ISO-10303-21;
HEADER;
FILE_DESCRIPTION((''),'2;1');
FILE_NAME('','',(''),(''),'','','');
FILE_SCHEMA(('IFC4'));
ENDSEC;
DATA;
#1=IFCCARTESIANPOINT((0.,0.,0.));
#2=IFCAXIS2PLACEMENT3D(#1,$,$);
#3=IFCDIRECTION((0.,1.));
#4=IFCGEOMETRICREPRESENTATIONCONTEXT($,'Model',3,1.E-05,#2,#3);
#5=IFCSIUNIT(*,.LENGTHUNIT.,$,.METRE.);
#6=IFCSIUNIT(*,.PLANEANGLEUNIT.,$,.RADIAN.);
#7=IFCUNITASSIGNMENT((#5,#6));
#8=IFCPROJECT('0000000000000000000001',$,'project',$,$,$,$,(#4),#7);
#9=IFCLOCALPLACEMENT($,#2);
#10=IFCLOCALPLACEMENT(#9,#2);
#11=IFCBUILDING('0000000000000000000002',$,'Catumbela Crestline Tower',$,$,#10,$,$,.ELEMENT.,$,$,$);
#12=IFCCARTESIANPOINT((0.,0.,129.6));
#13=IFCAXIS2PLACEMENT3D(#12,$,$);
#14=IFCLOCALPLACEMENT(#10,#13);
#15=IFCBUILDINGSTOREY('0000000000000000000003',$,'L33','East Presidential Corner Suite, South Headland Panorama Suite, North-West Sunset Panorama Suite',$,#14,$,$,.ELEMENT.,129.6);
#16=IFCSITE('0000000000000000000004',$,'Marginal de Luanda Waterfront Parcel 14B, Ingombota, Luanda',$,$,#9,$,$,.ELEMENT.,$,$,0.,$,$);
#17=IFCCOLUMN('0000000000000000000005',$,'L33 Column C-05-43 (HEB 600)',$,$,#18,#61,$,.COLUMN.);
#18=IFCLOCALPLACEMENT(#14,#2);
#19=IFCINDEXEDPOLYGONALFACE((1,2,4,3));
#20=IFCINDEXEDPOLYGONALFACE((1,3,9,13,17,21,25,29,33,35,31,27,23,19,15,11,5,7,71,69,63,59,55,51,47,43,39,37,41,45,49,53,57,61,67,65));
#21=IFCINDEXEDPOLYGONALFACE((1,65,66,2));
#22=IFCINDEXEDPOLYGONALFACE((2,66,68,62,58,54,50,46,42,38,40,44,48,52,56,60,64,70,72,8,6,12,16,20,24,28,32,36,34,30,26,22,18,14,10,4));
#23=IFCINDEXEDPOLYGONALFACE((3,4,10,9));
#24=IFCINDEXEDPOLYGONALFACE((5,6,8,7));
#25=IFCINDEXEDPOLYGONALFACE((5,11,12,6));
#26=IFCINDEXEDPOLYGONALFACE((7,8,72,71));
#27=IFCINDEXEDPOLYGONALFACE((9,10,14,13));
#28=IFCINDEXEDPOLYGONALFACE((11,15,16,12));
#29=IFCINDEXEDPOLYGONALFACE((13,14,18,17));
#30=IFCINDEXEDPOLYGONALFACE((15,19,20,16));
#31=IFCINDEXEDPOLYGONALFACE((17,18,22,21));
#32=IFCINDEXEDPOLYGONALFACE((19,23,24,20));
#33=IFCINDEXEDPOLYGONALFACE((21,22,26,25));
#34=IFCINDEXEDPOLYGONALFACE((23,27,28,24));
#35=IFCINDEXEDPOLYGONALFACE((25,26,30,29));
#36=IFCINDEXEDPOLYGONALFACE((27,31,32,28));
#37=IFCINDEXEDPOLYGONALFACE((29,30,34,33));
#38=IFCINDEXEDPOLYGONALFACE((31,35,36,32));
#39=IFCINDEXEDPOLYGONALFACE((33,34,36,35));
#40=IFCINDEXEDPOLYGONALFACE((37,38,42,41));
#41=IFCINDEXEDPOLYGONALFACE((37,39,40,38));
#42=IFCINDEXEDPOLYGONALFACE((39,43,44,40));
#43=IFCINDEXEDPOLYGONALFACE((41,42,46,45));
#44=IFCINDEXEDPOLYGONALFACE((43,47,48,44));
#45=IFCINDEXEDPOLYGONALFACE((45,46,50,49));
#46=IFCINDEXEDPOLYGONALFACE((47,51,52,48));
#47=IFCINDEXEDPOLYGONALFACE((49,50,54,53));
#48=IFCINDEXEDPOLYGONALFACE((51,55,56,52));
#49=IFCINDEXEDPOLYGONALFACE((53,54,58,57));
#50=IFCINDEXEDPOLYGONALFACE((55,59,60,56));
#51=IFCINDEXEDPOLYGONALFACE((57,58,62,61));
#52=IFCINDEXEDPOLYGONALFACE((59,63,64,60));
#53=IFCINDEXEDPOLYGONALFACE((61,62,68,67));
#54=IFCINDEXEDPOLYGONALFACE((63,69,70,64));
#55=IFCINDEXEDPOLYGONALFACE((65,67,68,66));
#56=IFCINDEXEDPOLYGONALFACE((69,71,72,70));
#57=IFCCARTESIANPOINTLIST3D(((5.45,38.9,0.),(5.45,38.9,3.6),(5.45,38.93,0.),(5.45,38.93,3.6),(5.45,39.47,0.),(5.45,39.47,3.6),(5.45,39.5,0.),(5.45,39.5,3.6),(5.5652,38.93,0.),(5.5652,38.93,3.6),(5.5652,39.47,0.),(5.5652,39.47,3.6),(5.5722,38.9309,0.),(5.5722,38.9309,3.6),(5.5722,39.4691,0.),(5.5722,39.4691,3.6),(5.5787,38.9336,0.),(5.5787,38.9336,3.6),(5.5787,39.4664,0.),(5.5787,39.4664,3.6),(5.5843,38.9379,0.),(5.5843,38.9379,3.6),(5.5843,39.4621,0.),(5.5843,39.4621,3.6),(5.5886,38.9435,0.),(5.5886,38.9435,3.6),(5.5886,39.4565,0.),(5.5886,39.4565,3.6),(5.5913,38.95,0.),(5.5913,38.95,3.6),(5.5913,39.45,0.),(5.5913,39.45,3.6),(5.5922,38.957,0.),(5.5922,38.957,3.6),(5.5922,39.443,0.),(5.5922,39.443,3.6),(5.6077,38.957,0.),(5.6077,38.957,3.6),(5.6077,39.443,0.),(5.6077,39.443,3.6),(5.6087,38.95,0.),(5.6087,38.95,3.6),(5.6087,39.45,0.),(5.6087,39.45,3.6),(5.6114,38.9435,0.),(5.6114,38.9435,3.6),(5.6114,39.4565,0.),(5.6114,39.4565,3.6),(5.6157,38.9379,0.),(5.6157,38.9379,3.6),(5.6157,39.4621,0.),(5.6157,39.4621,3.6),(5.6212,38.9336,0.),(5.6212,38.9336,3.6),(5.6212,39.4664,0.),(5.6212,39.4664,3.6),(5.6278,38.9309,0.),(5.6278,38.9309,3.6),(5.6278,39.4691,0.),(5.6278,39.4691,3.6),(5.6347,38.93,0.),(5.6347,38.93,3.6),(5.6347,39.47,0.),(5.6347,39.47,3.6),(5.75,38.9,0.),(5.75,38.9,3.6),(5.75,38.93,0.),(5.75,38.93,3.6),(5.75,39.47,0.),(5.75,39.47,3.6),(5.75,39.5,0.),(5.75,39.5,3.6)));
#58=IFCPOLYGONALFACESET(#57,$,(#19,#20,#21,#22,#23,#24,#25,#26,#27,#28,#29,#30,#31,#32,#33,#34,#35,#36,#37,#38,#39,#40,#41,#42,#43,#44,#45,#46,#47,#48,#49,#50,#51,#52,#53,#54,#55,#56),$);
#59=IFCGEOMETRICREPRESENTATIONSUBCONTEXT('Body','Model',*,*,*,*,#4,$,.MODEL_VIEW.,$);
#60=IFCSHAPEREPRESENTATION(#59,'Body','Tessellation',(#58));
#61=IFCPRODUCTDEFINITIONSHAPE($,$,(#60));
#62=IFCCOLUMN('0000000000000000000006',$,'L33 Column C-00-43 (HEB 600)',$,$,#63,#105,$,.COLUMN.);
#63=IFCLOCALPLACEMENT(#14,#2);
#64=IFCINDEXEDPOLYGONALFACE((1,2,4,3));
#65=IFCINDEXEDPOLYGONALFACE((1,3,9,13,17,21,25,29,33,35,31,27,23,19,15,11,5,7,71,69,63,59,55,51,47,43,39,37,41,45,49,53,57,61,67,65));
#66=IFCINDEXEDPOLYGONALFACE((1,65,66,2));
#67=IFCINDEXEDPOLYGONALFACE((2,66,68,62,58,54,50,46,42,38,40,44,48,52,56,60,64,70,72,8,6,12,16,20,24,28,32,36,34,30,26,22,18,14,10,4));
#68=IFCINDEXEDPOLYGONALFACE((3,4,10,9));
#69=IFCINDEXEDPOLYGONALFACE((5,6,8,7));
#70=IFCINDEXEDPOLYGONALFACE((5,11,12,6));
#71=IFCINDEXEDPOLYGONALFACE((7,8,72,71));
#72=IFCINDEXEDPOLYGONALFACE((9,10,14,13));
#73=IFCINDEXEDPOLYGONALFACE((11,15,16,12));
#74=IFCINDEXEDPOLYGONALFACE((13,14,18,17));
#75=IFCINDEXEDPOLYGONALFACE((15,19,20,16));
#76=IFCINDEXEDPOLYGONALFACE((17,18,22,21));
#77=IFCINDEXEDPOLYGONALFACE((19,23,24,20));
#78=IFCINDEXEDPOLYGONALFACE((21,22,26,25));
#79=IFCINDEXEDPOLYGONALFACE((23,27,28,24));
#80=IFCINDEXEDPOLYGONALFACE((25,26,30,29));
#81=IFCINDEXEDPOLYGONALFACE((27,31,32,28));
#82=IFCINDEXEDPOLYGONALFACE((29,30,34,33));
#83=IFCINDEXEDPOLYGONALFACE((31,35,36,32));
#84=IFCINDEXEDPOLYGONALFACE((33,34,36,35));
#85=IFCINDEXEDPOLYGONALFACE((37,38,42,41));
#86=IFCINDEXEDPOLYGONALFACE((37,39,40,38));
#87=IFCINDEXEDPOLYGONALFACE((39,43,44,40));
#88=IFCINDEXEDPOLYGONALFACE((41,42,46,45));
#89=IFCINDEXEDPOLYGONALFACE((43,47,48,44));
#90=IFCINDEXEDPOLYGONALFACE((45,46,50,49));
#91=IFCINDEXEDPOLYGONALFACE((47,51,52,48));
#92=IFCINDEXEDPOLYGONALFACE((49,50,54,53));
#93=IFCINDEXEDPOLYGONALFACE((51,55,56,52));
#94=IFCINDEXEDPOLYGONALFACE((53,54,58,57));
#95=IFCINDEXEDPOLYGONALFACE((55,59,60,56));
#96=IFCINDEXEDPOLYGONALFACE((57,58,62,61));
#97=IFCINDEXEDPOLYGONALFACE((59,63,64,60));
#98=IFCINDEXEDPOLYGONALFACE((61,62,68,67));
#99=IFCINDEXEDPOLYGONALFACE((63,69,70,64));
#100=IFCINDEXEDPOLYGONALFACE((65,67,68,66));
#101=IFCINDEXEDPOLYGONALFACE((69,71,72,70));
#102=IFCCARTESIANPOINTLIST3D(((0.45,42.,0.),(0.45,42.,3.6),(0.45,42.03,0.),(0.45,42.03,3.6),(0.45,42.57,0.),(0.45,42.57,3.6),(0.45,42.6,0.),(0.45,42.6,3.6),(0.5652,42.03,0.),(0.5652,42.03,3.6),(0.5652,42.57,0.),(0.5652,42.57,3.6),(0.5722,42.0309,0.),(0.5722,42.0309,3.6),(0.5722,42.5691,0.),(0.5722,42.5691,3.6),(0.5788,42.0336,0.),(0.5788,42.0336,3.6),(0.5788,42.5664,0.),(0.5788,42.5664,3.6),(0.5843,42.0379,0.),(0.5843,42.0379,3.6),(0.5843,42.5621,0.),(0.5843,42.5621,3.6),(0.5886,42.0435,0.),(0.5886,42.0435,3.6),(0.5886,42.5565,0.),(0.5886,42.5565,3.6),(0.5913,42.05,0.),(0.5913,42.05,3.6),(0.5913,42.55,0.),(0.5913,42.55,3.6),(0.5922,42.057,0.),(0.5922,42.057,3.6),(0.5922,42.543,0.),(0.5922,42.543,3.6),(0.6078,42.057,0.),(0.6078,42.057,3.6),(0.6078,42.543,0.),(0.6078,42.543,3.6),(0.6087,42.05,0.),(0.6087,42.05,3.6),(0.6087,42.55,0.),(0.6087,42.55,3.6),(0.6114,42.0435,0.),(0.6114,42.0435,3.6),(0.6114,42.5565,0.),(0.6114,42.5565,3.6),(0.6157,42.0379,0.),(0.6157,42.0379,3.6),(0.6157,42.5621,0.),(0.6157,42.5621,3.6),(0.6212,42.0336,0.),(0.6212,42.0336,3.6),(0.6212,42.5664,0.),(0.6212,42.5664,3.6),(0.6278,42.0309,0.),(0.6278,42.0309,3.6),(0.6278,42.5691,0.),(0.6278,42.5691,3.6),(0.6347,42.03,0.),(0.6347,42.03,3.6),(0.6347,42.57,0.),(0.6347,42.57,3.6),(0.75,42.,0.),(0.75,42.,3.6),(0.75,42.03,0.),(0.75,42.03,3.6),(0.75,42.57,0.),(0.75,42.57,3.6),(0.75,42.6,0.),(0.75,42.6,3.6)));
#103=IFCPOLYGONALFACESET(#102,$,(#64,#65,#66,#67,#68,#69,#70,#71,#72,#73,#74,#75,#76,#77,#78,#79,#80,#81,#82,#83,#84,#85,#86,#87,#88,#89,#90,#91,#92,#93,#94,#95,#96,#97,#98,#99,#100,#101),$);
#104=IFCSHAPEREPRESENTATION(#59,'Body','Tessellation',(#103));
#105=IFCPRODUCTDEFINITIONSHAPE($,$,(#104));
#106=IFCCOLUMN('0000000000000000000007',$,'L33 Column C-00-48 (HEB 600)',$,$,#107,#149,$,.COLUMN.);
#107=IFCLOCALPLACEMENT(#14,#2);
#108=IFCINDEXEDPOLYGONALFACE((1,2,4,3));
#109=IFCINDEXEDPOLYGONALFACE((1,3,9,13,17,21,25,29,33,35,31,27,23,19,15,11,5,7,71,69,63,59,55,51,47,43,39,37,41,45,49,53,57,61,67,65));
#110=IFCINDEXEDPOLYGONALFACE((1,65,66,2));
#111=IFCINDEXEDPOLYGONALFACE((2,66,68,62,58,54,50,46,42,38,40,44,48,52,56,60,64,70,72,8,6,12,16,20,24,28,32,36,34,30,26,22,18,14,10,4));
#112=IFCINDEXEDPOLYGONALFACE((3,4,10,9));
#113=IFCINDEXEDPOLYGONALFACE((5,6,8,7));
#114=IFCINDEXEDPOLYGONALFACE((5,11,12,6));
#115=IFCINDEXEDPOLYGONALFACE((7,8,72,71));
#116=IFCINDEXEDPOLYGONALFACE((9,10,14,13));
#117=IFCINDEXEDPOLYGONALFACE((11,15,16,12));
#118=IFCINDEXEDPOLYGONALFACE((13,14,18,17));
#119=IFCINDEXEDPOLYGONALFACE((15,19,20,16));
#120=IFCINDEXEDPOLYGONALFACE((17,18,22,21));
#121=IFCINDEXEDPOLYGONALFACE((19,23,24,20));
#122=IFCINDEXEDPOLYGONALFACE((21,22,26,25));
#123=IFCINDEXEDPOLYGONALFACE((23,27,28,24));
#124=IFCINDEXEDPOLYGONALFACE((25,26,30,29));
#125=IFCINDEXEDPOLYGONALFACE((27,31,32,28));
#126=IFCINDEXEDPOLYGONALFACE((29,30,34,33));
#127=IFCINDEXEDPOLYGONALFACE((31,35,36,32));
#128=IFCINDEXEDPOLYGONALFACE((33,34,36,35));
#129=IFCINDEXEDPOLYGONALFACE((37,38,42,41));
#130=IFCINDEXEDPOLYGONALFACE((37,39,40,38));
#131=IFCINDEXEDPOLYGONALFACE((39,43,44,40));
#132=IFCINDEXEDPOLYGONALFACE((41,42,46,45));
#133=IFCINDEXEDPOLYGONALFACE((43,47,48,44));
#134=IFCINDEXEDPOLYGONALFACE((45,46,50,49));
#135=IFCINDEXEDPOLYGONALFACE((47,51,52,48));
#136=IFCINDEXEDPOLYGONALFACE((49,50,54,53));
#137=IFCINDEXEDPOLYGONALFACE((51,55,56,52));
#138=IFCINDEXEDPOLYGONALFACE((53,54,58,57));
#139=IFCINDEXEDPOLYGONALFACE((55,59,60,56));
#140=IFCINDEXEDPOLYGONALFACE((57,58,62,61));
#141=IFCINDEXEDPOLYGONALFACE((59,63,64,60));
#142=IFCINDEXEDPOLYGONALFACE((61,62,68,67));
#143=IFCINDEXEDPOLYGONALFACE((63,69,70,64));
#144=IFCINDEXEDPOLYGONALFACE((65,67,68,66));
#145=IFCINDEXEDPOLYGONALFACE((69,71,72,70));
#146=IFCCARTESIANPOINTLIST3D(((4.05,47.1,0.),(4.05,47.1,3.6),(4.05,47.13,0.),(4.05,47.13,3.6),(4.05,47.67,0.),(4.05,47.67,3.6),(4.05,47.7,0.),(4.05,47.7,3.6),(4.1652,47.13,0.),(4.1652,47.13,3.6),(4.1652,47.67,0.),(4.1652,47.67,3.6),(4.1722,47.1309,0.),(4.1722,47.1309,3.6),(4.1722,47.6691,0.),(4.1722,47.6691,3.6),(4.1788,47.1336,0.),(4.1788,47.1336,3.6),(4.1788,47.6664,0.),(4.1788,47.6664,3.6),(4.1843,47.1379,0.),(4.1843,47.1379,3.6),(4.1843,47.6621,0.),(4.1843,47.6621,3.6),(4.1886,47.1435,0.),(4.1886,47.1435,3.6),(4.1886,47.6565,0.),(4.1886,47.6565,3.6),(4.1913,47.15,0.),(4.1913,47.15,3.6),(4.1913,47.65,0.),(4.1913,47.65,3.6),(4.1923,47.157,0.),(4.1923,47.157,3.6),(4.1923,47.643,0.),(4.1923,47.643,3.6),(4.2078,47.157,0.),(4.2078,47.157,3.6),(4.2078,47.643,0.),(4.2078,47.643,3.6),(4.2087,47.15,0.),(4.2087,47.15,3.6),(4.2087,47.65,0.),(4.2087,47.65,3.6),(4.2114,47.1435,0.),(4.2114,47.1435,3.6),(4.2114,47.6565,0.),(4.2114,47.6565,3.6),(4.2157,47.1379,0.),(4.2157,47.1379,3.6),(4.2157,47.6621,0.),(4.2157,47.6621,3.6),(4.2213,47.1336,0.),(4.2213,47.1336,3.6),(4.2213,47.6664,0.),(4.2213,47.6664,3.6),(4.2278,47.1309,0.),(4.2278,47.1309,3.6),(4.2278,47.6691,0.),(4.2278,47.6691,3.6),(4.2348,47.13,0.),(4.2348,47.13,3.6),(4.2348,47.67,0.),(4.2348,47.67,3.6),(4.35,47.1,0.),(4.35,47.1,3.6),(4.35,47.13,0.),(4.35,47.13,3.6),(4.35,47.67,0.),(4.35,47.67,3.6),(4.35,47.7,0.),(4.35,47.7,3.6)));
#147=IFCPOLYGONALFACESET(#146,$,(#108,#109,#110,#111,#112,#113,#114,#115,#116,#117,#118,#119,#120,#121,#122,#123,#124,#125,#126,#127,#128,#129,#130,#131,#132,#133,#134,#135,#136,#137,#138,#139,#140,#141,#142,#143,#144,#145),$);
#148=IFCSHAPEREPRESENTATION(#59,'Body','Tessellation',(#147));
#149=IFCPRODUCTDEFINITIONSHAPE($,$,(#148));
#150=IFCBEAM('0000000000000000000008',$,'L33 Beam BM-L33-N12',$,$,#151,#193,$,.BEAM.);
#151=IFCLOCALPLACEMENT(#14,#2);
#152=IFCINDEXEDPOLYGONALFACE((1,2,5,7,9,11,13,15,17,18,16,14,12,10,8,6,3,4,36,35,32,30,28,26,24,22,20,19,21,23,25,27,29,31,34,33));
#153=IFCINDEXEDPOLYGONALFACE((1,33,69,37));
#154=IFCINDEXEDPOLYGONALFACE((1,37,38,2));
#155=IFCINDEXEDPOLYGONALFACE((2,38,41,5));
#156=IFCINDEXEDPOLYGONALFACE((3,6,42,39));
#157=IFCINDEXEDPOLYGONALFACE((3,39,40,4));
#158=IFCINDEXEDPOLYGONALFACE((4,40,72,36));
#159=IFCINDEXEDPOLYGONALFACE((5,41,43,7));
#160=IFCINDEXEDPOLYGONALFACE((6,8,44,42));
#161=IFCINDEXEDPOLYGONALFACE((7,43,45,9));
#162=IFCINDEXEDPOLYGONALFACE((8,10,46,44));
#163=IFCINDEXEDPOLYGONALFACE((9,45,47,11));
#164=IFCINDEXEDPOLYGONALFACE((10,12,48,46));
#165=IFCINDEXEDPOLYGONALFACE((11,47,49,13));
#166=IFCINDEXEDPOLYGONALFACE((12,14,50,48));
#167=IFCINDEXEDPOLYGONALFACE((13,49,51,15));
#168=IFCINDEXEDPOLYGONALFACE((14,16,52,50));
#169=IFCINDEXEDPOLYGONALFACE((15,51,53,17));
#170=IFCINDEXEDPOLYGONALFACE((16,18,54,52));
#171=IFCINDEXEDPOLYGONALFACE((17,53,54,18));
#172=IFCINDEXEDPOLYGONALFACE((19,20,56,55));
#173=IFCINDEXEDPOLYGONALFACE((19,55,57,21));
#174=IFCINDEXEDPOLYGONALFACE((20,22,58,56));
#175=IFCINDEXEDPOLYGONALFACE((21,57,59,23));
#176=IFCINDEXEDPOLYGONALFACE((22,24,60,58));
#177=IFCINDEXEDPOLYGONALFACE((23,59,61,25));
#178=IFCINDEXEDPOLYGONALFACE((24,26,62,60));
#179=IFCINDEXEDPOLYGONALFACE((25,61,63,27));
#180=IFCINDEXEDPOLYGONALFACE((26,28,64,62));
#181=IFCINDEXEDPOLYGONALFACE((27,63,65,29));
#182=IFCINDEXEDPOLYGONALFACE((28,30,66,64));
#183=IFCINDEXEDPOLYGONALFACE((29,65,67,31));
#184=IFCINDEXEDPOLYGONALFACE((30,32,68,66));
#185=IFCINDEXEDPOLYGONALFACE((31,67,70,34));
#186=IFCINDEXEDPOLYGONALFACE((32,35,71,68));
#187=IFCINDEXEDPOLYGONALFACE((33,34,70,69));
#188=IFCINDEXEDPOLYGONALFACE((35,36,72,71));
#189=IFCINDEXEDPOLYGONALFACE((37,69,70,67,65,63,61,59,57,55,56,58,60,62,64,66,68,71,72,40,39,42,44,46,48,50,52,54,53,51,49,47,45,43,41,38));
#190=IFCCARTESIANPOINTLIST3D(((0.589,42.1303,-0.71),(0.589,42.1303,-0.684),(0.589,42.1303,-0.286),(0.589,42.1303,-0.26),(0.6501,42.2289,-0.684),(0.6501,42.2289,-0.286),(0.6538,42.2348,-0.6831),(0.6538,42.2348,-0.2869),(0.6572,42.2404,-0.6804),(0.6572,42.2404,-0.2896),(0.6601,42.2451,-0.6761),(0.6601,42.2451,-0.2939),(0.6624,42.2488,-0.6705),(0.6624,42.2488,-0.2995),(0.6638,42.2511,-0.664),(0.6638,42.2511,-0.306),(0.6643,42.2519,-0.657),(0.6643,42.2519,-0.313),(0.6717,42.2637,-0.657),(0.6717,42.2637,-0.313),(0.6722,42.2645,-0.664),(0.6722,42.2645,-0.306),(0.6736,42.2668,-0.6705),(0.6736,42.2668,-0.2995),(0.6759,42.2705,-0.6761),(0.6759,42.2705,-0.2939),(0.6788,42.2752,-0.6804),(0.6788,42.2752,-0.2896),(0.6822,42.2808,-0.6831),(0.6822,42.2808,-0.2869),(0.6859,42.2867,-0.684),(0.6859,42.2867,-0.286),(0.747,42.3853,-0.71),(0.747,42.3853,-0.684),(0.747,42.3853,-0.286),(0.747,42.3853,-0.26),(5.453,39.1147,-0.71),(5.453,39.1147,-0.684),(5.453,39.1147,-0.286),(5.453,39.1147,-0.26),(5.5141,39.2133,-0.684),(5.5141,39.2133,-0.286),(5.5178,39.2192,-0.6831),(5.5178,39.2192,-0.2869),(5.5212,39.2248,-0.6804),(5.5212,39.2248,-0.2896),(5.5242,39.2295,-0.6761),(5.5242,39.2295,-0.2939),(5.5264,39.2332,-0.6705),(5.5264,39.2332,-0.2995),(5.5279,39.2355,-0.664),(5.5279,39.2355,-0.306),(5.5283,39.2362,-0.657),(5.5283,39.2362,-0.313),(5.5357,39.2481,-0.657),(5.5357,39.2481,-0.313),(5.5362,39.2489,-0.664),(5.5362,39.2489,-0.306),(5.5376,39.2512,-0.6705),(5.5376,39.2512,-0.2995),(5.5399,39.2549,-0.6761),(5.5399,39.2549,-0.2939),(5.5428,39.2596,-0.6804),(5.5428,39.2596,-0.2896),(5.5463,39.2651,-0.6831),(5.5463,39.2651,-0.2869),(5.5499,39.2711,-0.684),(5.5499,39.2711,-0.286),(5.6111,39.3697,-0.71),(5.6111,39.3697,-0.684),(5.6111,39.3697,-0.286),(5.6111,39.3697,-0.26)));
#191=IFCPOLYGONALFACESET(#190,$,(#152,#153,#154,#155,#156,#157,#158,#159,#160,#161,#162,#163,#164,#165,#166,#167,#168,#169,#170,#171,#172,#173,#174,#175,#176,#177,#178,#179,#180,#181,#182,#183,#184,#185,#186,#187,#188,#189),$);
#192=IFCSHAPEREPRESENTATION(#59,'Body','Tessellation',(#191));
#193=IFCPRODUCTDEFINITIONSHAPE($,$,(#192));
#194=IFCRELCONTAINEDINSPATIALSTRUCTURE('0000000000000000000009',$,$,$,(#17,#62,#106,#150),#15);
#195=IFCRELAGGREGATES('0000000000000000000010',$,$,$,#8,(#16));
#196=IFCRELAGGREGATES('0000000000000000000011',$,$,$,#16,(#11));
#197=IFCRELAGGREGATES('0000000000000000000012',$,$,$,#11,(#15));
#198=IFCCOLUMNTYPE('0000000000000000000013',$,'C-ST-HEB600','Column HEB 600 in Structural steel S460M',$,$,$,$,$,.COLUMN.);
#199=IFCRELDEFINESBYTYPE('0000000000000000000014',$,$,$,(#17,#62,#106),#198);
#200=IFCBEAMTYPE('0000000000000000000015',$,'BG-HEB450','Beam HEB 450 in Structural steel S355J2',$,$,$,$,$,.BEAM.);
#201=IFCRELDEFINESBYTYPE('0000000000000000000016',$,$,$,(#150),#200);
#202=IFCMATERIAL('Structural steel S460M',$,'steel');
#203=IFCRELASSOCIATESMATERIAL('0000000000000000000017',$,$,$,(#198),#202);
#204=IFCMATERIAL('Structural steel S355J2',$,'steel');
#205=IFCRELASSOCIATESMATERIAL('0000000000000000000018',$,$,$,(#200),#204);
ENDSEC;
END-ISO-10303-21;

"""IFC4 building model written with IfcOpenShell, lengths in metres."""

from ifc_helpers import new_model, si_unit, direction, frame, origin, origin_2d, place, context, subcontext, project, spatial, i_section, extrude, material, material_profile, profile_set, type_object, element, save


model = new_model("IFC4")

# Units and contexts
model_context = context("Model", 3, precision=1e-05, world=origin(), true_north=direction((0.0, 1.0)))
body_context = subcontext(model_context, "Body", "Model", "MODEL_VIEW")
ifc_project = project(units=[si_unit("LENGTHUNIT", "METRE"), si_unit("PLANEANGLEUNIT", "RADIAN")], contexts=[model_context])

# Site, building, storey
site_placement = place(None, origin())
site = spatial("IfcSite", under=ifc_project, at=site_placement, Name="Marginal de Luanda Waterfront Parcel 14B, Ingombota, Luanda", CompositionType="ELEMENT", RefElevation=0.0)
building_placement = place(site_placement, origin())
building = spatial("IfcBuilding", under=site, at=building_placement, Name="Catumbela Crestline Tower", CompositionType="ELEMENT")
storey_placement = place(building_placement, frame((0.0, 0.0, 129.6)))
storey = spatial("IfcBuildingStorey", under=building, at=storey_placement, Name="L33", Description="East Presidential Corner Suite, South Headland Panorama Suite, North-West Sunset Panorama Suite", CompositionType="ELEMENT", Elevation=129.6)

# Columns
ifc_material_1 = material(Name="Structural steel S460M", Category="steel")
ifc_material_profile_1 = material_profile(ifc_material_1, i_section(OverallWidth=0.3, OverallDepth=0.6, WebThickness=0.0155, FlangeThickness=0.03, FilletRadius=0.027, at=origin_2d()), Name="HEB 600")
ifc_profile_set_1 = profile_set([ifc_material_profile_1], Name="Structural steel S460M")
column_type = type_object("IfcColumnType", Name="C-ST-HEB600", Description="Column HEB 600 in Structural steel S460M", PredefinedType="COLUMN", material=ifc_profile_set_1)
for number, where, z_axis, x_axis, name in (
    (1, (5.6, 39.2, 0.0), (0.0, 0.0, 1.0), (1.0, 0.0, 0.0), "L33 Column C-05-43 (HEB 600)"),
    (2, (0.6, 42.3, 0.0), (0.0, 0.0, 1.0), (1.0, 0.0, 0.0), "L33 Column C-00-43 (HEB 600)"),
    (3, (4.2, 47.4, 0.0), (0.0, 0.0, 1.0), (1.0, 0.0, 0.0), "L33 Column C-00-48 (HEB 600)"),
):
    element("IfcColumn", number, at=place(storey_placement, frame(where, z_axis=z_axis, x_axis=x_axis)), inside=storey, type_object=column_type, Name=name, PredefinedType="COLUMN", context=body_context, shape_type="SweptSolid", body=[
        extrude(i_section(OverallWidth=0.3, OverallDepth=0.6, WebThickness=0.0155, FlangeThickness=0.03, FilletRadius=0.027, at=origin_2d()), origin(), (0.0, 0.0, 1.0), 3.6),
    ])

# Beam
ifc_material_2 = material(Name="Structural steel S355J2", Category="steel")
ifc_material_profile_2 = material_profile(ifc_material_2, i_section(OverallWidth=0.3, OverallDepth=0.45, WebThickness=0.014, FlangeThickness=0.026, FilletRadius=0.027, at=origin_2d()), Name="HEB 450")
ifc_profile_set_2 = profile_set([ifc_material_profile_2], Name="Structural steel S355J2")
beam_type_1 = type_object("IfcBeamType", Name="BG-HEB450", Description="Beam HEB 450 in Structural steel S355J2", PredefinedType="BEAM", material=ifc_profile_set_2)
beam_1_placement = place(storey_placement, frame((0.668, 42.2578, -0.485), z_axis=(0.849909, -0.52693, 0.0), x_axis=(0.52693, 0.849909, 0.0)))
element("IfcBeam", 4, at=beam_1_placement, inside=storey, type_object=beam_type_1, Name="L33 Beam BM-L33-N12", PredefinedType="BEAM", context=body_context, shape_type="SweptSolid", body=[
    extrude(i_section(OverallWidth=0.3, OverallDepth=0.45, WebThickness=0.014, FlangeThickness=0.026, FilletRadius=0.027, at=origin_2d()), origin(), (0.0, 0.0, 1.0), 5.723),
])

save(model, "model.ifc")
